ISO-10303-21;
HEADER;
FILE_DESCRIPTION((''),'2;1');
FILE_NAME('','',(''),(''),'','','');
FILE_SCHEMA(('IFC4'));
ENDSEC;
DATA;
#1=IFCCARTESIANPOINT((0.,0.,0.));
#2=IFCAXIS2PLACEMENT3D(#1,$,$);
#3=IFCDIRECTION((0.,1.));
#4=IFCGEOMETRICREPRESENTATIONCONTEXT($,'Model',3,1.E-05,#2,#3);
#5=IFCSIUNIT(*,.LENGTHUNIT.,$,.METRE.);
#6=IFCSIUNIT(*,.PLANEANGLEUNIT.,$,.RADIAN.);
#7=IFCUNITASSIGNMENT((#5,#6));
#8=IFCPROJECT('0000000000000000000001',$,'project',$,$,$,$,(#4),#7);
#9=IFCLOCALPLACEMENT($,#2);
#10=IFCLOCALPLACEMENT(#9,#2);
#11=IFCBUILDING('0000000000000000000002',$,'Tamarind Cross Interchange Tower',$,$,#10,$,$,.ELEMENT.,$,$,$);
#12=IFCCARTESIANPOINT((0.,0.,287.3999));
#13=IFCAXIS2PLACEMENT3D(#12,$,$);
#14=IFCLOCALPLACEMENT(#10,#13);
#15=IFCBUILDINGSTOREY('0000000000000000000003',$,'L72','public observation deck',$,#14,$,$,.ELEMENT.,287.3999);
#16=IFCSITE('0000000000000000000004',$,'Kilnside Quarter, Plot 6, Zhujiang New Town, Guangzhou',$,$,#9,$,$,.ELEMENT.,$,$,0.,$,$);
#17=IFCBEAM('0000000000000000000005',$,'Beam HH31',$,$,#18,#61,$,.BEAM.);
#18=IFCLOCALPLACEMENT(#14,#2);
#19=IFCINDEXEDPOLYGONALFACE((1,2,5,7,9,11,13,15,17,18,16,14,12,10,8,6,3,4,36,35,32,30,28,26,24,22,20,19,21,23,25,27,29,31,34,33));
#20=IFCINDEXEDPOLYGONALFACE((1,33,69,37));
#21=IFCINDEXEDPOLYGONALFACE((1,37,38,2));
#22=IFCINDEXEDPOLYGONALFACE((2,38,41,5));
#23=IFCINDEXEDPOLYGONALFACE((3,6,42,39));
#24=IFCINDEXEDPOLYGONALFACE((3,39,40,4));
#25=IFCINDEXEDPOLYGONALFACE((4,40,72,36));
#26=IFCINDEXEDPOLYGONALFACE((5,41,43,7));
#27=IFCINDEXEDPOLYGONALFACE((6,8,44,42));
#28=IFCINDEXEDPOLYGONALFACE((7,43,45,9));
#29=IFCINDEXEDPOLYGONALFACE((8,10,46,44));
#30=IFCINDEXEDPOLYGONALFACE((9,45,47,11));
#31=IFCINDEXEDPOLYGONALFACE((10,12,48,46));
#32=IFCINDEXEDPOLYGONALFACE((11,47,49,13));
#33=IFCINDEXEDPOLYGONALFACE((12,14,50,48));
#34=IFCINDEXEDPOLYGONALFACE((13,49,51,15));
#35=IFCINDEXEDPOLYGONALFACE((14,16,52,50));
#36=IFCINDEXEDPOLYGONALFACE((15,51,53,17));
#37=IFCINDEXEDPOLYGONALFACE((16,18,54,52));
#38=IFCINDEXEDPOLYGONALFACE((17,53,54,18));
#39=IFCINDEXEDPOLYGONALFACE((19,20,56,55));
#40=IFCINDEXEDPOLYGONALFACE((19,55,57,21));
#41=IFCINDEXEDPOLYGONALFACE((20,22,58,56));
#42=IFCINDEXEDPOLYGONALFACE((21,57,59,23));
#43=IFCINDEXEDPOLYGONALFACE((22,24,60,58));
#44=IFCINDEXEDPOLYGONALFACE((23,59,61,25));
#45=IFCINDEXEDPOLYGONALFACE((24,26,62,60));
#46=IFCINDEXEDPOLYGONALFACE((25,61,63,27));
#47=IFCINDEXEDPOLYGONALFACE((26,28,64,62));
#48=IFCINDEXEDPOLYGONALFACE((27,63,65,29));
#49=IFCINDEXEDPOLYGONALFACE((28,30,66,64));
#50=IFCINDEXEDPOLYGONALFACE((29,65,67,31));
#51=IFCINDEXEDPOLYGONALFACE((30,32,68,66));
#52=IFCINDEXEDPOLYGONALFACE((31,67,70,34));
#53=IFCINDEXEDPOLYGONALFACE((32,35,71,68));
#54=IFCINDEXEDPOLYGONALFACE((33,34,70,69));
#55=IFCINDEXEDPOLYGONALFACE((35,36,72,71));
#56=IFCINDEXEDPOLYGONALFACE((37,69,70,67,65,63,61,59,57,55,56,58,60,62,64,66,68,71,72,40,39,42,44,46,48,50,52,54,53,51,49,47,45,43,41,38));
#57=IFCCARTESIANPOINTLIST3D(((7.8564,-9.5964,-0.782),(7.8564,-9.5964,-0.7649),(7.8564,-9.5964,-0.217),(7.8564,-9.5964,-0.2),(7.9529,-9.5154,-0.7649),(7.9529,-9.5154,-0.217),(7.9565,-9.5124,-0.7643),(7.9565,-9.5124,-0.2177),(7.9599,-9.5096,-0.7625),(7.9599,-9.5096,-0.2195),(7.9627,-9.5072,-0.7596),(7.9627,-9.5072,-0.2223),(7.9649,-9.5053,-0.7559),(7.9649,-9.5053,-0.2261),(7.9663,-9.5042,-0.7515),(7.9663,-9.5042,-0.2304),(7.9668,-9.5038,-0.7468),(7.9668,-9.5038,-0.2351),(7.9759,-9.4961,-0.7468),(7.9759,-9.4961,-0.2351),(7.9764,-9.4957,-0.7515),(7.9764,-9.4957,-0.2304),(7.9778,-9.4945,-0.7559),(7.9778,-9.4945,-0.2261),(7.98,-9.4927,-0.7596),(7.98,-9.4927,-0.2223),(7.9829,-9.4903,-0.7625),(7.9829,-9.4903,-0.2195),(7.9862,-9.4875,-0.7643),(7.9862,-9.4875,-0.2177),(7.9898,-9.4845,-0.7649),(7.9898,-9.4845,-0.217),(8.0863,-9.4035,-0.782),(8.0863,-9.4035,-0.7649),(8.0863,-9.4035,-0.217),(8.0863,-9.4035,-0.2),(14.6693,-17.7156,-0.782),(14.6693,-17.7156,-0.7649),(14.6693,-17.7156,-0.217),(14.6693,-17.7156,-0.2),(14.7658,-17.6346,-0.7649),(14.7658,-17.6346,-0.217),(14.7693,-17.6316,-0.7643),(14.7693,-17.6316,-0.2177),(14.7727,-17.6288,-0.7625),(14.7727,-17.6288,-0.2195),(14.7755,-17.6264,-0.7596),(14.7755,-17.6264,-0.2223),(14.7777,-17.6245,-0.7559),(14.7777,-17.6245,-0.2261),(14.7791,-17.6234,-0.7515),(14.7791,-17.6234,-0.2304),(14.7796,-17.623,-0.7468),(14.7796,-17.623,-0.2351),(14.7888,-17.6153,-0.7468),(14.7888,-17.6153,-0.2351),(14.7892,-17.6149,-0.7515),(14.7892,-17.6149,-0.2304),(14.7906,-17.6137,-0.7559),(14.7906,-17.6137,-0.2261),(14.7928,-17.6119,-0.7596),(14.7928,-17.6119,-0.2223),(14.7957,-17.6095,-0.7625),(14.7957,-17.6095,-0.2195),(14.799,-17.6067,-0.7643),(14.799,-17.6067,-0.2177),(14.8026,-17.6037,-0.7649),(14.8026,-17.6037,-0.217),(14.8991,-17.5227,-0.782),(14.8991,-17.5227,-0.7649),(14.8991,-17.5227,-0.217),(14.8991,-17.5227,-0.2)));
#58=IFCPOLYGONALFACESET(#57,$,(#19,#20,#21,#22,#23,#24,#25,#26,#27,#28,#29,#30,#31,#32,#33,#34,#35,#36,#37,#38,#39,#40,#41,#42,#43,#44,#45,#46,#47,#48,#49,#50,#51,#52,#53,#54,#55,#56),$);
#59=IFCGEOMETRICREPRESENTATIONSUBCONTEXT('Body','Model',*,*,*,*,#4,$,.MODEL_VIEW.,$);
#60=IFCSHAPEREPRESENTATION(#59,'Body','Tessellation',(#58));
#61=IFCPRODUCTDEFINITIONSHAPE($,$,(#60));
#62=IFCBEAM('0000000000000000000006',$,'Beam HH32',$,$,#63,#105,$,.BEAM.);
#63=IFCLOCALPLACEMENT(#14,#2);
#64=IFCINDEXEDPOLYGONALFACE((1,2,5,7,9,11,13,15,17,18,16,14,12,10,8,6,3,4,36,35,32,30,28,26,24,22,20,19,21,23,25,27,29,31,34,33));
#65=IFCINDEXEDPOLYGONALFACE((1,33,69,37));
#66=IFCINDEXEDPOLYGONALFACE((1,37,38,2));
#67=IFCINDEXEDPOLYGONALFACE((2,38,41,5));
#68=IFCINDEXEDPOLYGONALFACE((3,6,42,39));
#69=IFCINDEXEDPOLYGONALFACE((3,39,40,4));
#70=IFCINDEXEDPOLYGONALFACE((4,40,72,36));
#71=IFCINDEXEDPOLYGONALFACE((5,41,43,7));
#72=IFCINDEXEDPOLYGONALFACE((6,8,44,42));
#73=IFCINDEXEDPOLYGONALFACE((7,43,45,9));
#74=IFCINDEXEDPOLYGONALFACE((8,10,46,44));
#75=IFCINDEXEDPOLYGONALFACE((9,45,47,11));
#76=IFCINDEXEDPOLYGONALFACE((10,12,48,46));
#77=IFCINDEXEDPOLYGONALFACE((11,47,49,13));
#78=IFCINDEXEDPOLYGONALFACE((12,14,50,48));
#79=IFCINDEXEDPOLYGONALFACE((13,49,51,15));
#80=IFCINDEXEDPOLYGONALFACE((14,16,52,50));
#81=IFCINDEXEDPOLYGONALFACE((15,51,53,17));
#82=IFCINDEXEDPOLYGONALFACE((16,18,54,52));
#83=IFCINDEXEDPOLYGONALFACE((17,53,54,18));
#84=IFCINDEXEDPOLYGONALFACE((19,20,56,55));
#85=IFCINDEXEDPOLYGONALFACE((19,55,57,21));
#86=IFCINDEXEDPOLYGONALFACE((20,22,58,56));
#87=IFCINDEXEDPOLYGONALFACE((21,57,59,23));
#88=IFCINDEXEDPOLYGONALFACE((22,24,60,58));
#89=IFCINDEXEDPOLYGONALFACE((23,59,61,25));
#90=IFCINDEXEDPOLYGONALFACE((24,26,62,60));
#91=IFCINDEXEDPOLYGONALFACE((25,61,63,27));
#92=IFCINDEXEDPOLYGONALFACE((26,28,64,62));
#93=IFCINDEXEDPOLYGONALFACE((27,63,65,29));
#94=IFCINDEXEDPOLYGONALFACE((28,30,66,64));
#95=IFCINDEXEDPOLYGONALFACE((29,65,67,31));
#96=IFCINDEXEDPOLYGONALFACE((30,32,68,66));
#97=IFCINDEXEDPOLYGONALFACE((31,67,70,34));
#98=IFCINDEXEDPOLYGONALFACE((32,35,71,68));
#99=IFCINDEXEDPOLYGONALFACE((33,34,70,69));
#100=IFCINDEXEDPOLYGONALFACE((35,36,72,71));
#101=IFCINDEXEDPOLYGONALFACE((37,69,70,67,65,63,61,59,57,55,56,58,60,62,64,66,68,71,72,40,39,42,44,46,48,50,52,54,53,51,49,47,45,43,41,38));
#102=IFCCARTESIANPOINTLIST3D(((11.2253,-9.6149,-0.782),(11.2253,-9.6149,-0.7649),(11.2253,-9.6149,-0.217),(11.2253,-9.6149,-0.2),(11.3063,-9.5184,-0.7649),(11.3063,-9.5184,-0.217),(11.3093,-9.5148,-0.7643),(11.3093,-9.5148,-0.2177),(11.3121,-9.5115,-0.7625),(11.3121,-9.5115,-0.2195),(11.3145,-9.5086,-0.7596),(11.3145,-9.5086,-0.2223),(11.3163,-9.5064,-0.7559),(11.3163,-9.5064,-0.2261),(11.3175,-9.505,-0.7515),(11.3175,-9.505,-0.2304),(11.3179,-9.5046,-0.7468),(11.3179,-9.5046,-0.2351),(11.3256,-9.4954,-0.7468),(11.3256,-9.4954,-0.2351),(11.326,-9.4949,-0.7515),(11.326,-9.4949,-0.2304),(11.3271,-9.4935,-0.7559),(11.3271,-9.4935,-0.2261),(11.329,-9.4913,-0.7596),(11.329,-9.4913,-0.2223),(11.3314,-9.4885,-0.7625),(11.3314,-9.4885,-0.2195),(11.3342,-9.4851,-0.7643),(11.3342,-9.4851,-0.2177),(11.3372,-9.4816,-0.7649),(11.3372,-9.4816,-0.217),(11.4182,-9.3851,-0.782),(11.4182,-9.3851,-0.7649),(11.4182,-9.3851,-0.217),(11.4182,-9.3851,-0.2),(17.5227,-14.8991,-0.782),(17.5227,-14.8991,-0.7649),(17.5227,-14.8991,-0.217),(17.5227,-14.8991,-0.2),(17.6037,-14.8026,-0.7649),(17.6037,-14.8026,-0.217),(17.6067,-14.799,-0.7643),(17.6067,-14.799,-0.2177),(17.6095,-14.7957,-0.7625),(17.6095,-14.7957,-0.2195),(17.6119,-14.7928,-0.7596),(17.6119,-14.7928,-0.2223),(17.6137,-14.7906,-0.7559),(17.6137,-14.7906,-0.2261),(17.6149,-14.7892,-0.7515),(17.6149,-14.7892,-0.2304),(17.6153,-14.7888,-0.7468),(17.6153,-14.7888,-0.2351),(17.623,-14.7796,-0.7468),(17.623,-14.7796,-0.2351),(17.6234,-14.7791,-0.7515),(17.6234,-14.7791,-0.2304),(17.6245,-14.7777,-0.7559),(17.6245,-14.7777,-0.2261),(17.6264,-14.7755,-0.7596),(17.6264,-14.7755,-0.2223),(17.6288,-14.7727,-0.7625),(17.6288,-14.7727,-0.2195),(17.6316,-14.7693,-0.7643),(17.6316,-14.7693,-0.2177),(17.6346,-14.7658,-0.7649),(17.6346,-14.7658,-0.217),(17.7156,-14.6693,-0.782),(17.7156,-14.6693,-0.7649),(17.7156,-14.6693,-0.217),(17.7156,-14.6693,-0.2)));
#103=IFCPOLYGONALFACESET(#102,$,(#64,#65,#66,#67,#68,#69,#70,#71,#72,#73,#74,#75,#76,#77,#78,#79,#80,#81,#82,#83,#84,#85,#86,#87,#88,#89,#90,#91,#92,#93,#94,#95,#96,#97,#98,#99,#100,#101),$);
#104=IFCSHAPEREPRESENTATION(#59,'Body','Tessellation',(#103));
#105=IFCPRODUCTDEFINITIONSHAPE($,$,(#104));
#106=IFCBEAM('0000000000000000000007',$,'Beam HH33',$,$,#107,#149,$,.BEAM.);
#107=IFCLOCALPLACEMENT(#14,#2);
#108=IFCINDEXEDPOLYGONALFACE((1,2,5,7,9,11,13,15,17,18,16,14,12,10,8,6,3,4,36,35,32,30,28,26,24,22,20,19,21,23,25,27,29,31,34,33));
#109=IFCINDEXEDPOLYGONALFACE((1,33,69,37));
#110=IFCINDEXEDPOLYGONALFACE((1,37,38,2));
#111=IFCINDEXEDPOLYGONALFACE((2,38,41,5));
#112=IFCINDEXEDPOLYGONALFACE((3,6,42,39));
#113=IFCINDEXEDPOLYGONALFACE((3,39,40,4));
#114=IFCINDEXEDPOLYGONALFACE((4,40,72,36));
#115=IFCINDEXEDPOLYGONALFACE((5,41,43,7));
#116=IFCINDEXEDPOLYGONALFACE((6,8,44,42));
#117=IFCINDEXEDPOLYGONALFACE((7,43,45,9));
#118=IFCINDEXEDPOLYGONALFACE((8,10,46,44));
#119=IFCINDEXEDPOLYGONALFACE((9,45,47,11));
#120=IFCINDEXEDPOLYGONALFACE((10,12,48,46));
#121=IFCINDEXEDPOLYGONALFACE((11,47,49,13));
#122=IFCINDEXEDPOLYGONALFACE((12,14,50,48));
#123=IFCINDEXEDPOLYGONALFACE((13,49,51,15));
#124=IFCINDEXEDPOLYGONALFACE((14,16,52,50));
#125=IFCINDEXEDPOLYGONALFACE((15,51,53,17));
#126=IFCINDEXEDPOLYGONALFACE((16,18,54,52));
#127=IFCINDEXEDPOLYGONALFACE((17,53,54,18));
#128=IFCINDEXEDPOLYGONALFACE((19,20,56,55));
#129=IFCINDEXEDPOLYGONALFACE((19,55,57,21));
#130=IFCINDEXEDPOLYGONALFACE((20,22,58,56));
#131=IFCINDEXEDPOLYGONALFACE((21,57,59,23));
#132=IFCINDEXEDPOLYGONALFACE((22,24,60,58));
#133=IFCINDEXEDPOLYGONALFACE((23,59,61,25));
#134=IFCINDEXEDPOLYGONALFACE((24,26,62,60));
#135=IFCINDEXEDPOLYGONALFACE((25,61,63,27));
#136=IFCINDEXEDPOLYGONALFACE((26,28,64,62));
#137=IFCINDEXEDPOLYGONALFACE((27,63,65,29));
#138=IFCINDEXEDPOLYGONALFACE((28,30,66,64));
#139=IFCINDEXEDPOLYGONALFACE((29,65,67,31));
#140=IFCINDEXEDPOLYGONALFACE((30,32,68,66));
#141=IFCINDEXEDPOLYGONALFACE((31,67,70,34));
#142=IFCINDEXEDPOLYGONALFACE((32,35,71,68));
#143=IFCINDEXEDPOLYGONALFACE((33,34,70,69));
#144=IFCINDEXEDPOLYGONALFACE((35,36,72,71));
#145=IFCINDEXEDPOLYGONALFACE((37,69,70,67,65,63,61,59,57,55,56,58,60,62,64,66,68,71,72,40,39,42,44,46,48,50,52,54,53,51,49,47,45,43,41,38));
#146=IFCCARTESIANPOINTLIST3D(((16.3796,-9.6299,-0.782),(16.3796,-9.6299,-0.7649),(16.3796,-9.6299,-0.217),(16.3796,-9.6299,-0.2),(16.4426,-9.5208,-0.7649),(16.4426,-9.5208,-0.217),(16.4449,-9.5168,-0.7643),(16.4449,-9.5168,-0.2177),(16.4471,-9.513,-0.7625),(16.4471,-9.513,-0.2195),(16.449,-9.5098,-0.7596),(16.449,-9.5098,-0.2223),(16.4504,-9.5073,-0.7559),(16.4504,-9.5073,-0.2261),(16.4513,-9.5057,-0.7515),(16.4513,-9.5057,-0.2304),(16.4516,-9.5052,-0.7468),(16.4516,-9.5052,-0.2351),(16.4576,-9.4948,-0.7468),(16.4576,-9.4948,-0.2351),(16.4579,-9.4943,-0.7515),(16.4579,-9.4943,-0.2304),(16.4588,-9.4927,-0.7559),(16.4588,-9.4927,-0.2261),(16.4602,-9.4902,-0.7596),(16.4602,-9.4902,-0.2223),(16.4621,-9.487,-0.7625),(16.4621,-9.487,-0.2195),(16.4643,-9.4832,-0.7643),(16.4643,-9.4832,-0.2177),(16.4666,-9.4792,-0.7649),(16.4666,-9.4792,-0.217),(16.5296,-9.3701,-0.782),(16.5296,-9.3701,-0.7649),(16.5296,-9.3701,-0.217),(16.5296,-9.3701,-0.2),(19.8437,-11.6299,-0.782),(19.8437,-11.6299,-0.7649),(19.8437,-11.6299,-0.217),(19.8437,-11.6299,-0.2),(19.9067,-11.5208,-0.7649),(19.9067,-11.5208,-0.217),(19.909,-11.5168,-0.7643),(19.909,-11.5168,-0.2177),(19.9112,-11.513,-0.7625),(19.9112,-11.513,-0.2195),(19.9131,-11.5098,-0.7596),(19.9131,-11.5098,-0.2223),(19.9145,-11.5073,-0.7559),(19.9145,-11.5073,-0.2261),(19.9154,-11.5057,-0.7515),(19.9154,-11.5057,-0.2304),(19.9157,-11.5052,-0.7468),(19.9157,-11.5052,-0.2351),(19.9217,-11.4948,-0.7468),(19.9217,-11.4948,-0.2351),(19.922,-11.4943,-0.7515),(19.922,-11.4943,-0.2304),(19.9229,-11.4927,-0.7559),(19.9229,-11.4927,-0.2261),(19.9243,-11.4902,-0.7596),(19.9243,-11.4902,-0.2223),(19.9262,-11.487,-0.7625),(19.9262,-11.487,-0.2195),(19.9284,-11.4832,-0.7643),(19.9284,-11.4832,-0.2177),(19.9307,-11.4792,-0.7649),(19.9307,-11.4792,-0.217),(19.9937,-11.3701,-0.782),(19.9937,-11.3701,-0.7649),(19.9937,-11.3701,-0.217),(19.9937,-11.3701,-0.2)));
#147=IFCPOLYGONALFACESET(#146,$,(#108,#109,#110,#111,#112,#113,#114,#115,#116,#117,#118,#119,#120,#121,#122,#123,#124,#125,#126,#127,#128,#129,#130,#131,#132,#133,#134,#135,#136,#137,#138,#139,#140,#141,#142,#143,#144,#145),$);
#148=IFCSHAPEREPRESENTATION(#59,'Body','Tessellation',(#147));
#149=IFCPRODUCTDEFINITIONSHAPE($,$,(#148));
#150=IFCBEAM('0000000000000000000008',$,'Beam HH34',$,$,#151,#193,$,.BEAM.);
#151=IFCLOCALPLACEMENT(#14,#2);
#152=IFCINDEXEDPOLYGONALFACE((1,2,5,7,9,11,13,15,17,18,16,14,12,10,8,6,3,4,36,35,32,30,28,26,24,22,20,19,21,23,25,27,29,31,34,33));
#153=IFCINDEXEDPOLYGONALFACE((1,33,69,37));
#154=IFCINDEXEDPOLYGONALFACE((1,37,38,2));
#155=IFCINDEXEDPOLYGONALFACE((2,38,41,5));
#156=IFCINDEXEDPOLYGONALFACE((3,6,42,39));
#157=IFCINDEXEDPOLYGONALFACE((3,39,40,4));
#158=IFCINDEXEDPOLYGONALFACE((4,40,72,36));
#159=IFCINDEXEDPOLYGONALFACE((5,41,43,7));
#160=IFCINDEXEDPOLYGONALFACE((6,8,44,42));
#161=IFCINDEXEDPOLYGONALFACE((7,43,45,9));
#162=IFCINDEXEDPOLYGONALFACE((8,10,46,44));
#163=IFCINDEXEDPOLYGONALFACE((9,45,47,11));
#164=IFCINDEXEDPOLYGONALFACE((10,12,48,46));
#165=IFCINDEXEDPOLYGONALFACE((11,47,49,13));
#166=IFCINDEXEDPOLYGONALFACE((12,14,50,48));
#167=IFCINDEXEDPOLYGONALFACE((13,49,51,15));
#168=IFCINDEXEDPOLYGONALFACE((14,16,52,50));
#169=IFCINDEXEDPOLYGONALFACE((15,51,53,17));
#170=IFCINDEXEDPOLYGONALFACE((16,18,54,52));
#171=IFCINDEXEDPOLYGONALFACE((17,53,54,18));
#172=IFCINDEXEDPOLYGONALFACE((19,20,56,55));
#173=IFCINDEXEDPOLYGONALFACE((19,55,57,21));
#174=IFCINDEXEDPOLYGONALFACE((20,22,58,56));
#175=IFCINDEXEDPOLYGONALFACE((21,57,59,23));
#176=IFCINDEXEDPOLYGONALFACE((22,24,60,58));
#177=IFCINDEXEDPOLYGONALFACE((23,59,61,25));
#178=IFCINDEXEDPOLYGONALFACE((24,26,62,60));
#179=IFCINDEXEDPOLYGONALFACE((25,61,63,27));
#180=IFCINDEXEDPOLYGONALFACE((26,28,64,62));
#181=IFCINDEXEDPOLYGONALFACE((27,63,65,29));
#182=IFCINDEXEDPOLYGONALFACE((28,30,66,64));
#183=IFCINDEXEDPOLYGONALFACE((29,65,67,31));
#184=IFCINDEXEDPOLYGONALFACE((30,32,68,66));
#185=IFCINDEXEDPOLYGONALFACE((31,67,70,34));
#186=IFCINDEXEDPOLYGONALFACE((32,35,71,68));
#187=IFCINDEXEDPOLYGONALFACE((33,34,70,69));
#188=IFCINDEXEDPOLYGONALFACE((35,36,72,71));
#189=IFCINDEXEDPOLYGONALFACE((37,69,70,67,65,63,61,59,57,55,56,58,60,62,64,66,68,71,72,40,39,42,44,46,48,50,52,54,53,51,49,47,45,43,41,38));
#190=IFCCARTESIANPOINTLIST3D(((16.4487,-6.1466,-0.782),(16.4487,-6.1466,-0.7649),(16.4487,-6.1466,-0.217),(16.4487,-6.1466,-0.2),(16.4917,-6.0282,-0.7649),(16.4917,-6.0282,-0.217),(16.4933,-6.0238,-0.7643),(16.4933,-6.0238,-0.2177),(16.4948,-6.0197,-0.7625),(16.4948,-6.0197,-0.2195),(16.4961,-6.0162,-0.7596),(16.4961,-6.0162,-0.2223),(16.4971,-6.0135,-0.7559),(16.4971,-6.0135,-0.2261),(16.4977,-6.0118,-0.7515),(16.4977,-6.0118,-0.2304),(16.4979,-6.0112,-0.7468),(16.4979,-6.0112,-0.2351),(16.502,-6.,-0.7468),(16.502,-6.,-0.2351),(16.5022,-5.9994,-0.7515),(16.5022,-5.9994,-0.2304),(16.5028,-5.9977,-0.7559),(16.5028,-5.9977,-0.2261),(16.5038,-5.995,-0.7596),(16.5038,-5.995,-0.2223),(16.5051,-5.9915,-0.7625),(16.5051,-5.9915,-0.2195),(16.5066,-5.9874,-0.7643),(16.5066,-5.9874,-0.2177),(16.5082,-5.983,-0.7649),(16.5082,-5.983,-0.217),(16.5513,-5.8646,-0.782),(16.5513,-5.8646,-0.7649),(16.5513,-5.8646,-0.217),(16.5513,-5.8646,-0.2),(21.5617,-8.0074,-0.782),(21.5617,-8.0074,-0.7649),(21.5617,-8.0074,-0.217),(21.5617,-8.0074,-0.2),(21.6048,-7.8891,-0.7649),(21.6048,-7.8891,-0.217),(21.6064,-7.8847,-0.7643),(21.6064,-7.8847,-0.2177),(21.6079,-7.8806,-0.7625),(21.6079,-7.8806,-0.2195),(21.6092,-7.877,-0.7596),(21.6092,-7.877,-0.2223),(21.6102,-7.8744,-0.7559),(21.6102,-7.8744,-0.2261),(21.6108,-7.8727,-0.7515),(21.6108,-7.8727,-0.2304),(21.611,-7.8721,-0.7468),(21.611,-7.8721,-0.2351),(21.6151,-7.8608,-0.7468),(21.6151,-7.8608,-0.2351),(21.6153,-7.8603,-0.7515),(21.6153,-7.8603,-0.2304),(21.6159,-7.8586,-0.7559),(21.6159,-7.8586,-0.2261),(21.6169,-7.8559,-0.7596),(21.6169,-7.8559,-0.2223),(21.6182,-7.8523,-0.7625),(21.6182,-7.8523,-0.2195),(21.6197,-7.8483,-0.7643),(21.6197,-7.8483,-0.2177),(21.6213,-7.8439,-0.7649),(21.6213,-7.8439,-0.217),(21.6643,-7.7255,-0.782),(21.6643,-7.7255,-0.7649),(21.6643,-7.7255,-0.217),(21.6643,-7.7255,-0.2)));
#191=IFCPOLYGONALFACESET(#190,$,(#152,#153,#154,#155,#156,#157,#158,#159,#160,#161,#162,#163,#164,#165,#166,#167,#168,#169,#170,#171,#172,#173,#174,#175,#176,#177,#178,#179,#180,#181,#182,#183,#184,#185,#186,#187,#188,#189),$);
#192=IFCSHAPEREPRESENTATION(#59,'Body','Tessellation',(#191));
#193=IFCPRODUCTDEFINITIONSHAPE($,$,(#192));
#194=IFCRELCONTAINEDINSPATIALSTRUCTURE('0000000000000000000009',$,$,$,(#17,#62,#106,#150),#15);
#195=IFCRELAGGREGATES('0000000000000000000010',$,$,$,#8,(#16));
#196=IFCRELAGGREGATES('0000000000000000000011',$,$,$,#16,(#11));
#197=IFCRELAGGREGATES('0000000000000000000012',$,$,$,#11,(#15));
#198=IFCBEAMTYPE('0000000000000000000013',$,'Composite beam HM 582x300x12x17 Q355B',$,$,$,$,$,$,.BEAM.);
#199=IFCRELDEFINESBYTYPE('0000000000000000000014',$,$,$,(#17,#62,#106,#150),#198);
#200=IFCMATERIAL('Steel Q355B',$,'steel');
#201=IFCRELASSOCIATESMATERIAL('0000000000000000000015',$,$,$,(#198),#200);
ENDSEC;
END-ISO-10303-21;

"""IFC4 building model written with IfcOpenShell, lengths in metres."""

from ifc_helpers import new_model, si_unit, direction, frame, origin, origin_2d, place, context, subcontext, project, spatial, i_section, extrude, material, material_profile, profile_set, type_object, element, save


model = new_model("IFC4")

# Units and contexts
model_context = context("Model", 3, precision=1e-05, world=origin(), true_north=direction((0.0, 1.0)))
body_context = subcontext(model_context, "Body", "Model", "MODEL_VIEW")
ifc_project = project(units=[si_unit("LENGTHUNIT", "METRE"), si_unit("PLANEANGLEUNIT", "RADIAN")], contexts=[model_context])

# Site, building, storey
site_placement = place(None, origin())
site = spatial("IfcSite", under=ifc_project, at=site_placement, Name="Kilnside Quarter, Plot 6, Zhujiang New Town, Guangzhou", CompositionType="ELEMENT", RefElevation=0.0)
building_placement = place(site_placement, origin())
building = spatial("IfcBuilding", under=site, at=building_placement, Name="Tamarind Cross Interchange Tower", CompositionType="ELEMENT")
storey_placement = place(building_placement, frame((0.0, 0.0, 287.3999)))
storey = spatial("IfcBuildingStorey", under=building, at=storey_placement, Name="L72", Description="public observation deck", CompositionType="ELEMENT", Elevation=287.3999)

# Beams
ifc_material_1 = material(Name="Steel Q355B", Category="steel")
ifc_material_profile_1 = material_profile(ifc_material_1, i_section(OverallWidth=0.3, OverallDepth=0.582, WebThickness=0.012, FlangeThickness=0.0171, FilletRadius=0.0181, at=origin_2d()), Name="HM 582x300x12x17")
ifc_profile_set_1 = profile_set([ifc_material_profile_1], Name="Steel Q355B")
beam_type = type_object("IfcBeamType", Name="Composite beam HM 582x300x12x17 Q355B", PredefinedType="BEAM", material=ifc_profile_set_1)
beam_1_placement = place(storey_placement, frame((14.7842, -17.6191, -0.491), z_axis=(-0.642786, 0.766046, 0.0), x_axis=(-0.766046, -0.642786, 0.0)))
element("IfcBeam", 1, at=beam_1_placement, inside=storey, type_object=beam_type, Name="Beam HH31", PredefinedType="BEAM", context=body_context, shape_type="SweptSolid", body=[
    extrude(i_section(OverallWidth=0.3, OverallDepth=0.582, WebThickness=0.012, FlangeThickness=0.0171, FilletRadius=0.0181, at=origin_2d()), origin(), (0.0, 0.0, 1.0), 10.5989),
])
beam_2_placement = place(storey_placement, frame((17.6191, -14.7842, -0.491), z_axis=(-0.766041, 0.642792, 0.0), x_axis=(-0.642792, -0.766041, 0.0)))
element("IfcBeam", 2, at=beam_2_placement, inside=storey, type_object=beam_type, Name="Beam HH32", PredefinedType="BEAM", context=body_context, shape_type="SweptSolid", body=[
    extrude(i_section(OverallWidth=0.3, OverallDepth=0.582, WebThickness=0.012, FlangeThickness=0.0171, FilletRadius=0.0181, at=origin_2d()), origin(), (0.0, 0.0, 1.0), 8.2207),
])
beam_3_placement = place(storey_placement, frame((19.9187, -11.5, -0.491), z_axis=(-0.866026, 0.499999, 0.0), x_axis=(-0.499999, -0.866026, 0.0)))
element("IfcBeam", 3, at=beam_3_placement, inside=storey, type_object=beam_type, Name="Beam HH33", PredefinedType="BEAM", context=body_context, shape_type="SweptSolid", body=[
    extrude(i_section(OverallWidth=0.3, OverallDepth=0.582, WebThickness=0.012, FlangeThickness=0.0171, FilletRadius=0.0181, at=origin_2d()), origin(), (0.0, 0.0, 1.0), 4.0),
])
beam_4_placement = place(storey_placement, frame((21.613, -7.8665, -0.491), z_axis=(-0.939702, 0.341995, 0.0), x_axis=(-0.341995, -0.939702, 0.0)))
element("IfcBeam", 4, at=beam_4_placement, inside=storey, type_object=beam_type, Name="Beam HH34", PredefinedType="BEAM", context=body_context, shape_type="SweptSolid", body=[
    extrude(i_section(OverallWidth=0.3, OverallDepth=0.582, WebThickness=0.012, FlangeThickness=0.0171, FilletRadius=0.0181, at=origin_2d()), origin(), (0.0, 0.0, 1.0), 5.4412),
])

save(model, "model.ifc")
